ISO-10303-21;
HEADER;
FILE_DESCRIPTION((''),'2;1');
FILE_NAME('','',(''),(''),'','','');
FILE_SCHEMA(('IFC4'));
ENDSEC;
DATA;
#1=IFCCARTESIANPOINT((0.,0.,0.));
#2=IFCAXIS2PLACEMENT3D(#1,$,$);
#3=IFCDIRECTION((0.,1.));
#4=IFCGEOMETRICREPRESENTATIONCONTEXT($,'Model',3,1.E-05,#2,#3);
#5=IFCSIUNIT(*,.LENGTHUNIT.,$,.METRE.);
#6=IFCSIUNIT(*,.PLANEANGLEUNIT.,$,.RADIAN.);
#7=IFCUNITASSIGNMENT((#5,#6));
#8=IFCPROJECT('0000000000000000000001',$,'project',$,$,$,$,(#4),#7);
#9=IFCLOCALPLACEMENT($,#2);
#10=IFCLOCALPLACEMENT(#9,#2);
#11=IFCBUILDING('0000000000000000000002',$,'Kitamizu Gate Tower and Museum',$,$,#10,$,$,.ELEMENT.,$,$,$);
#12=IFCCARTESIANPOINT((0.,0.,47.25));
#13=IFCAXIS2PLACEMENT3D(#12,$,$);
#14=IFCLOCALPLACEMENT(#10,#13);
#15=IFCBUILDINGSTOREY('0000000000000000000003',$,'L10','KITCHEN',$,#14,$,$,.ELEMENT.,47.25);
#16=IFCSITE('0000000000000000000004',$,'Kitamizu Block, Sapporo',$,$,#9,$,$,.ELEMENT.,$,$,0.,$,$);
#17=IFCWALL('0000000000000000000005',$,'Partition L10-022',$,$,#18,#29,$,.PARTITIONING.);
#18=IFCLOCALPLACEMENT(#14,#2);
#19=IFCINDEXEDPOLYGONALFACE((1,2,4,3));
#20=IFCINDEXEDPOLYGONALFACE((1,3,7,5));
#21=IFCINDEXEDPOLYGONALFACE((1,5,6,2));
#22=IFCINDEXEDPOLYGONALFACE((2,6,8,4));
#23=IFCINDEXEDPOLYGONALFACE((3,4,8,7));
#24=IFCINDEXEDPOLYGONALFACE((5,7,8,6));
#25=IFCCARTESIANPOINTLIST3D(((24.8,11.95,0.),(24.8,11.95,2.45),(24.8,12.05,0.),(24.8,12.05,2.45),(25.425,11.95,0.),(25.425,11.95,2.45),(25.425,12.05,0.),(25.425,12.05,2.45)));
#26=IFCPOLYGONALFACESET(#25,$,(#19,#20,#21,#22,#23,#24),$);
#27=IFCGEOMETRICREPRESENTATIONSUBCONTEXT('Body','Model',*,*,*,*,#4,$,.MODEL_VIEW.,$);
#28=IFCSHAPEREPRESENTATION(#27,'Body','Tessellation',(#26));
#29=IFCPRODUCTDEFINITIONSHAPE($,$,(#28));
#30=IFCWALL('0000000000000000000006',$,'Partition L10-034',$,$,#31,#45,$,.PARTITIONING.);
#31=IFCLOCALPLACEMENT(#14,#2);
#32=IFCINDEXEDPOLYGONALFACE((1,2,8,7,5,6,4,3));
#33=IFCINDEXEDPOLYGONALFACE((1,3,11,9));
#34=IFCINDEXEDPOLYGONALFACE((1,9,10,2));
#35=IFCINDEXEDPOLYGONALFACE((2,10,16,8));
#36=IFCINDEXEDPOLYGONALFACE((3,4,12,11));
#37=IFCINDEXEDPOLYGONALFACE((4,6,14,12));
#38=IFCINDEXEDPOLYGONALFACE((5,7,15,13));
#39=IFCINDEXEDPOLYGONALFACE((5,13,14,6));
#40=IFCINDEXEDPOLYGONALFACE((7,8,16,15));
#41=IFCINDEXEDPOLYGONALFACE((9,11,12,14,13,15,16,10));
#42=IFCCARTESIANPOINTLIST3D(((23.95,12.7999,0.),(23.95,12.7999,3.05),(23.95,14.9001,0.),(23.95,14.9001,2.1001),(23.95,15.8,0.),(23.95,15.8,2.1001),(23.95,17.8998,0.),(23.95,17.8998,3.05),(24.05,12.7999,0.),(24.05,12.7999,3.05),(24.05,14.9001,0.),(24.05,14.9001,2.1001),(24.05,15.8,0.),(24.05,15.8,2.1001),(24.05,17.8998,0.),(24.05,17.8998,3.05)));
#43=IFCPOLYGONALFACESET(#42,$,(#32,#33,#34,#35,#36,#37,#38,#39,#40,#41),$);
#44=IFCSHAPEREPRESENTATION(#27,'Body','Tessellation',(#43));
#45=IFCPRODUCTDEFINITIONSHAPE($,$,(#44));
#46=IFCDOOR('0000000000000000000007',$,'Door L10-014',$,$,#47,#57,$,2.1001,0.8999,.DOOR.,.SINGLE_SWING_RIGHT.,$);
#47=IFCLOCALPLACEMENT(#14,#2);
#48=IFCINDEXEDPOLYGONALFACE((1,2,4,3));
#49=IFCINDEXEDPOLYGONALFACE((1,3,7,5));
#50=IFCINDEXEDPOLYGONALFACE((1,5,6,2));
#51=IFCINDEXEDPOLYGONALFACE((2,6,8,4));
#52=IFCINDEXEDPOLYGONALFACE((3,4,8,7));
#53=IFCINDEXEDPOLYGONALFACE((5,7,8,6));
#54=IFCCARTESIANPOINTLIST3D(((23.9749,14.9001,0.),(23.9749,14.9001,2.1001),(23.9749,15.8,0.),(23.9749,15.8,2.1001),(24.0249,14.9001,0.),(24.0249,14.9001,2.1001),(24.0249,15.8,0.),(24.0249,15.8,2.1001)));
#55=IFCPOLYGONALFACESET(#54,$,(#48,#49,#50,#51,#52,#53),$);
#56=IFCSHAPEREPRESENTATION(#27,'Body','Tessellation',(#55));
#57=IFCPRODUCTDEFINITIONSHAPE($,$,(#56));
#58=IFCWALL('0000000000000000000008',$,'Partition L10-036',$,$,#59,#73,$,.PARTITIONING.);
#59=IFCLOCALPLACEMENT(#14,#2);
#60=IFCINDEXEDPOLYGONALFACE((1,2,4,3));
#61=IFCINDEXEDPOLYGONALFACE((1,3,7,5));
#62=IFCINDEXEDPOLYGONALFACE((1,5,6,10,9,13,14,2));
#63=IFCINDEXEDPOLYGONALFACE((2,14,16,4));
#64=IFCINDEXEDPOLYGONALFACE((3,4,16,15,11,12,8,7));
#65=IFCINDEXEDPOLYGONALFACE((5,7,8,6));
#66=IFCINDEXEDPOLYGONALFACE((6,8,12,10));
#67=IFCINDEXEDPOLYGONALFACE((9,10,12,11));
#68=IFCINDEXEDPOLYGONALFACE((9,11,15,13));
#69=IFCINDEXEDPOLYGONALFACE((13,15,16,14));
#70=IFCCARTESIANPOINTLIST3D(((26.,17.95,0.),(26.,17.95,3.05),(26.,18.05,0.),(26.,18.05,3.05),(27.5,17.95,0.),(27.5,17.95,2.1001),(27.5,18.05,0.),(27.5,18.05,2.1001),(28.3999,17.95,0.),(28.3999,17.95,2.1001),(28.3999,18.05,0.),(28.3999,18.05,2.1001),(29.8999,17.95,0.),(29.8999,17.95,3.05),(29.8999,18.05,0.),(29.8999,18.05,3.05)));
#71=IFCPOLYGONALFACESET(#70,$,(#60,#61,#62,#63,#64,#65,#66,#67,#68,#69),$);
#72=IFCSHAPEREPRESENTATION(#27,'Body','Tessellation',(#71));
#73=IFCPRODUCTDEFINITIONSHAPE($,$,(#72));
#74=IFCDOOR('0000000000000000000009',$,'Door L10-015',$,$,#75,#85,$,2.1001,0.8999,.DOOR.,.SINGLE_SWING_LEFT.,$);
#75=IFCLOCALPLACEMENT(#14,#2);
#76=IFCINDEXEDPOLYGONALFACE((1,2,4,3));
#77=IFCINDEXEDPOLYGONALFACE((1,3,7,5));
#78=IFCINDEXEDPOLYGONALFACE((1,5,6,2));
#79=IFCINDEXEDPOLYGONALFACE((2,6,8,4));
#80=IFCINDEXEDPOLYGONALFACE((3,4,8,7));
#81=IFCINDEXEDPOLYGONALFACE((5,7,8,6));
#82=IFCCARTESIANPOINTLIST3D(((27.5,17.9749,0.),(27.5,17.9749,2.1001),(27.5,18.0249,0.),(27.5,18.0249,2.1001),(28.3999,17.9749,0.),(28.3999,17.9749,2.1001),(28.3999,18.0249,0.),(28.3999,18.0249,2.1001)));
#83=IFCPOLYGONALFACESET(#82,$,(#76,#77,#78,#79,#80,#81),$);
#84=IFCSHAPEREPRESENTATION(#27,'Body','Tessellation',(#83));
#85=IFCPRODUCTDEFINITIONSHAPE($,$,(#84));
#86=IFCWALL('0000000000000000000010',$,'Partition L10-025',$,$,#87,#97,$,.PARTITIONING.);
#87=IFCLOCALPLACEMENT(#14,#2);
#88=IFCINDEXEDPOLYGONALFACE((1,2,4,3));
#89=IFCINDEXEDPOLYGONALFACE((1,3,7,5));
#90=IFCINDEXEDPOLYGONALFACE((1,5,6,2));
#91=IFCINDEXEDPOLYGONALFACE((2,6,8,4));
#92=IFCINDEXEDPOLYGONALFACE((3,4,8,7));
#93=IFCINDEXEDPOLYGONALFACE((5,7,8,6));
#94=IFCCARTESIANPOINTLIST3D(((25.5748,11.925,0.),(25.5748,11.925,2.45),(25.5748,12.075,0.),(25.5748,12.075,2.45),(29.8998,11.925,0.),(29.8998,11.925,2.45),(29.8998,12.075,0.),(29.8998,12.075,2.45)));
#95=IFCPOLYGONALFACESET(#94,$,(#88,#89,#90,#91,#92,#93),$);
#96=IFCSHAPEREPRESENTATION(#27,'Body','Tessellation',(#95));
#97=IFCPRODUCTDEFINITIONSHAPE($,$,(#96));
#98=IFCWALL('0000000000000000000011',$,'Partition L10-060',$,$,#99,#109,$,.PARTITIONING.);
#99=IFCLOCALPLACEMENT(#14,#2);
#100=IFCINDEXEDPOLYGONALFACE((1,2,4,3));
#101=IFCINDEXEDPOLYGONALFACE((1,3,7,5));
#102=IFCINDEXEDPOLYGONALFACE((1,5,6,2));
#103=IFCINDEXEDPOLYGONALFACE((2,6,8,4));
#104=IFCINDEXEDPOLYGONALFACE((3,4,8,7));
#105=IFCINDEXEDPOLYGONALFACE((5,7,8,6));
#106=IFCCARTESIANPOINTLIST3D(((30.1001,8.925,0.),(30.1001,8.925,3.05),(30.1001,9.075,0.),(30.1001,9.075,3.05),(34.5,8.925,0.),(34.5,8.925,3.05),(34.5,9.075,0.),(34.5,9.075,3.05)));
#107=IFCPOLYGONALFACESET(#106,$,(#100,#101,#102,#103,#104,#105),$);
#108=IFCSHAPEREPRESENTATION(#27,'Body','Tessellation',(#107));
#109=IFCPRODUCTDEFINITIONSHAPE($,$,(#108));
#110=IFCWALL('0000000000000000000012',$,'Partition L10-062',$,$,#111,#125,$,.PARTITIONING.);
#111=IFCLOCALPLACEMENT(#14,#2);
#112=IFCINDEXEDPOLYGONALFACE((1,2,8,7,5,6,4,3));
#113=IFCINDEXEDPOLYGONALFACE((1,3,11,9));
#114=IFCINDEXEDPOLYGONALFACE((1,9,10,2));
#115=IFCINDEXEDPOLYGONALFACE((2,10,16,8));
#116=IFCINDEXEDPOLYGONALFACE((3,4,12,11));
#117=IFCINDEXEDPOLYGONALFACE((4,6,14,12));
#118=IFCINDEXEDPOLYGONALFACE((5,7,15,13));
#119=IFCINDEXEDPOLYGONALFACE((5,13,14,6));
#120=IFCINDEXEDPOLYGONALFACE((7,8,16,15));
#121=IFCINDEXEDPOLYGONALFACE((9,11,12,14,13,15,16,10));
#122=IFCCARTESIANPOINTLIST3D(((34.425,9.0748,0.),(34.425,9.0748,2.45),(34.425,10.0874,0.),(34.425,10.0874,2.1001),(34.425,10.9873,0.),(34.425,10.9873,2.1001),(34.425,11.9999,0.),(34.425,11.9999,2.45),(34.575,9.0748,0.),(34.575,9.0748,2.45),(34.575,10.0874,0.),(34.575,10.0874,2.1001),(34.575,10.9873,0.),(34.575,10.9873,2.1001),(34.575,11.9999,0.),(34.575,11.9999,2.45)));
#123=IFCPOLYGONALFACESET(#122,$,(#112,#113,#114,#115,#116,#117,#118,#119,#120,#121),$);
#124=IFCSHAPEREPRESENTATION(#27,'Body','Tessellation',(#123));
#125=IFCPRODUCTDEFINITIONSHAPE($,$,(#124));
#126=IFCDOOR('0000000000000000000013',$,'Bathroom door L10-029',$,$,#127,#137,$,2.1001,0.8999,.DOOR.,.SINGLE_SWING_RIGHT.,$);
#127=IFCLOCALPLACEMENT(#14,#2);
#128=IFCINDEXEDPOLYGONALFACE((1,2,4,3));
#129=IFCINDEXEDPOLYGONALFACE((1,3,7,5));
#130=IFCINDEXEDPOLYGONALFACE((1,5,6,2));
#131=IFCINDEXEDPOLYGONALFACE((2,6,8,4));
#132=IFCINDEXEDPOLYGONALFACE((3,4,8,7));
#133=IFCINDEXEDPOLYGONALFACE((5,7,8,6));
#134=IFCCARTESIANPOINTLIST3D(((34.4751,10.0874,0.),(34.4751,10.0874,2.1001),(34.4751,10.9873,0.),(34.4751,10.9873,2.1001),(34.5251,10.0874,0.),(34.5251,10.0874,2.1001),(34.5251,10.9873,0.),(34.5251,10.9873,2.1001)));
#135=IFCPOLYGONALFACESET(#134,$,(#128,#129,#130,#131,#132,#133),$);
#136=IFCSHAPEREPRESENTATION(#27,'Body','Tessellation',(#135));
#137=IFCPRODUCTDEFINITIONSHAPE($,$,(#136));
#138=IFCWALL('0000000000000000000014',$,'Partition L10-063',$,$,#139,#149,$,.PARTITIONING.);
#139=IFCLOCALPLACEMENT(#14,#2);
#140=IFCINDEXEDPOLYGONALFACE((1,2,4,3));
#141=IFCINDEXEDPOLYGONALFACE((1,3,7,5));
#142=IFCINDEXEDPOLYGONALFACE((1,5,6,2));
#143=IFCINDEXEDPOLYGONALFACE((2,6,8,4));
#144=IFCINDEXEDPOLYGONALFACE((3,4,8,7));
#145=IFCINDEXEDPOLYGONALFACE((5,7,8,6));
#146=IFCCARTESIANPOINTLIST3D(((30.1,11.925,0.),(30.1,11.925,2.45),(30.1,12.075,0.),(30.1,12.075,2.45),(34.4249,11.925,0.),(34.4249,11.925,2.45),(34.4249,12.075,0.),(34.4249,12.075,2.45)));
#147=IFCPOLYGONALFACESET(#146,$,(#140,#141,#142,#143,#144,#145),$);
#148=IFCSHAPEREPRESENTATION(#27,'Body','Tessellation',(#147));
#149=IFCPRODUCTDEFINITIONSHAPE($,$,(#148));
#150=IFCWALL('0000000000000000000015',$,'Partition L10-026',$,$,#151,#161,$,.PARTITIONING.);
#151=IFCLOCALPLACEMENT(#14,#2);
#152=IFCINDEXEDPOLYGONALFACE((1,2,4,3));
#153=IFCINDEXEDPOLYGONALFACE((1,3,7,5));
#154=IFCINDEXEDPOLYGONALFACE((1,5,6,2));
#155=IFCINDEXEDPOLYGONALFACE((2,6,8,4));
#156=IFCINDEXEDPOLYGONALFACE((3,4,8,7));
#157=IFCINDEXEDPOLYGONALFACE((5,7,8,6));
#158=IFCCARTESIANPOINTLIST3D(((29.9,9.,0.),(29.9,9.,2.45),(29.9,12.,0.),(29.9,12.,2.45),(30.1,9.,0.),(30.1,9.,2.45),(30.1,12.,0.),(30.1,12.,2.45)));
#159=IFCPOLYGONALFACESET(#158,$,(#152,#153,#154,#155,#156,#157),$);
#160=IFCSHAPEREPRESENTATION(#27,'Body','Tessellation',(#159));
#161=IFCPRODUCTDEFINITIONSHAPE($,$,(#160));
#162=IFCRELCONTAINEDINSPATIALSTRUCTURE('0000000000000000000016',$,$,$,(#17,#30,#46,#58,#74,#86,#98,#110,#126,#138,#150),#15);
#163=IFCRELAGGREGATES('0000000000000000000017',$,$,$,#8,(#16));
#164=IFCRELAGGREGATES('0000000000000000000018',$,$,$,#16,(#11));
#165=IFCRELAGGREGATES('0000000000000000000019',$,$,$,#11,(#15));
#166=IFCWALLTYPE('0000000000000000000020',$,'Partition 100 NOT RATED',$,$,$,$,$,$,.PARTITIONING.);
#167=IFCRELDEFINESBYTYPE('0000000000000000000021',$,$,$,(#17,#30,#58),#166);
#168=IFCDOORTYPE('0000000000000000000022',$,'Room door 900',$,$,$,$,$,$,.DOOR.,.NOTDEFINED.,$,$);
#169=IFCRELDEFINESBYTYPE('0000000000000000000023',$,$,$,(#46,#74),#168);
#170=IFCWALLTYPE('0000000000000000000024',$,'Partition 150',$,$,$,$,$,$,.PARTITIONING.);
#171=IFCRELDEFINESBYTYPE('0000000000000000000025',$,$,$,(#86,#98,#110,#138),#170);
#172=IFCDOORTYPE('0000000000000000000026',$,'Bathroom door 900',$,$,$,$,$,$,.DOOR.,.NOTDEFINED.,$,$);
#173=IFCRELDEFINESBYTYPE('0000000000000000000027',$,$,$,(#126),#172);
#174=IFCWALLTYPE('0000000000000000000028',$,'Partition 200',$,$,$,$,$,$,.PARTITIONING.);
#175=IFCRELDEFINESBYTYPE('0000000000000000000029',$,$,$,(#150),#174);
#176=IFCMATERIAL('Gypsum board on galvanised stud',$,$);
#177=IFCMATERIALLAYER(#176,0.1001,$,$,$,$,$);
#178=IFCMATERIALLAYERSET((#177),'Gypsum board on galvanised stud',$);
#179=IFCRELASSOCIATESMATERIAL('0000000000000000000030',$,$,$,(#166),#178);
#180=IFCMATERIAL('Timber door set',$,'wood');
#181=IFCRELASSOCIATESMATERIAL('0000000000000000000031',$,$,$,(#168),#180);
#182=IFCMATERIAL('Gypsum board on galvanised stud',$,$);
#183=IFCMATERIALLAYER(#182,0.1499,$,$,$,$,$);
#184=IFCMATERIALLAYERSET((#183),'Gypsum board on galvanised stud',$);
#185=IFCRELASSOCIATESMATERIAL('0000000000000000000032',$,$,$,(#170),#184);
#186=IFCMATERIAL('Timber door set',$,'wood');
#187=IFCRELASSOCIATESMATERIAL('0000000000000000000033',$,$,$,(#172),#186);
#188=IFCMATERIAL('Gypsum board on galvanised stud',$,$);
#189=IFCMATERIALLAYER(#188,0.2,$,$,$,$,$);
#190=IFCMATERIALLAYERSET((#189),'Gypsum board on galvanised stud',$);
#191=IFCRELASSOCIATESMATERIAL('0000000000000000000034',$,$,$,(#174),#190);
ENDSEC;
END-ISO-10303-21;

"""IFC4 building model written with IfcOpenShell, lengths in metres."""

from ifc_helpers import new_model, si_unit, direction, frame, frame_2d, origin, place, context, subcontext, project, spatial, rectangle, extrude, material, layer, layer_set, type_object, element, fill, save


model = new_model("IFC4")

# Units and contexts
model_context = context("Model", 3, precision=1e-05, world=origin(), true_north=direction((0.0, 1.0)))
body_context = subcontext(model_context, "Body", "Model", "MODEL_VIEW")
ifc_project = project(units=[si_unit("LENGTHUNIT", "METRE"), si_unit("PLANEANGLEUNIT", "RADIAN")], contexts=[model_context])

# Site, building, storey
site_placement = place(None, origin())
site = spatial("IfcSite", under=ifc_project, at=site_placement, Name="Kitamizu Block, Sapporo", CompositionType="ELEMENT", RefElevation=0.0)
building_placement = place(site_placement, origin())
building = spatial("IfcBuilding", under=site, at=building_placement, Name="Kitamizu Gate Tower and Museum", CompositionType="ELEMENT")
storey_placement = place(building_placement, frame((0.0, 0.0, 47.25)))
storey = spatial("IfcBuildingStorey", under=building, at=storey_placement, Name="L10", Description="KITCHEN", CompositionType="ELEMENT", Elevation=47.25)

# Wall
ifc_material_1 = material(Name="Gypsum board on galvanised stud")
ifc_layer_1 = layer(ifc_material_1, 0.1001)
ifc_layer_set_1 = layer_set([ifc_layer_1], Name="Gypsum board on galvanised stud")
wall_type_1 = type_object("IfcWallType", Name="Partition 100 NOT RATED", PredefinedType="PARTITIONING", material=ifc_layer_set_1)
wall_1_placement = place(storey_placement, frame((25.425, 12.0, 0.0), z_axis=(0.0, 0.0, 1.0), x_axis=(-1.0, 0.0, 0.0)))
element("IfcWall", 1, at=wall_1_placement, inside=storey, type_object=wall_type_1, Name="Partition L10-022", PredefinedType="PARTITIONING", context=body_context, shape_type="SweptSolid", body=[
    extrude(rectangle(XDim=0.625, YDim=0.1001, at=frame_2d((0.3125, 0.0))), origin(), (0.0, 0.0, 1.0), 2.45),
])

# Walls, openings, doors
wall_2_placement = place(storey_placement, frame((24.0, 12.8, 0.0), z_axis=(0.0, 0.0, 1.0), x_axis=(0.0, 1.0, 0.0)))
wall_2 = element("IfcWall", 2, at=wall_2_placement, inside=storey, type_object=wall_type_1, Name="Partition L10-034", PredefinedType="PARTITIONING", context=body_context, shape_type="SweptSolid", body=[
    extrude(rectangle(XDim=5.0999, YDim=0.1001, at=frame_2d((2.5498, 0.0))), origin(), (0.0, 0.0, 1.0), 3.05),
])
opening_1_placement = place(wall_2_placement, frame((2.1001, 0.0, 0.0)))
opening_1 = element("IfcOpeningElement", 3, at=opening_1_placement, cuts=wall_2, PredefinedType="OPENING", context=body_context, shape_type="SweptSolid", body=[
    extrude(rectangle(XDim=0.8999, YDim=2.1001, at=frame_2d((0.45, 1.05))), frame((0.0, 0.0601, 0.0), z_axis=(0.0, -1.0, 0.0), x_axis=(1.0, 0.0, 0.0)), (0.0, 0.0, 1.0), 0.1201),
])
ifc_material_2 = material(Name="Timber door set", Category="wood")
door_type_1 = type_object("IfcDoorType", Name="Room door 900", OperationType="NOTDEFINED", PredefinedType="DOOR", material=ifc_material_2)
door_1_placement = place(opening_1_placement, frame((0.8999, 0.0, 0.0), x_axis=(-1.0, 0.0, 0.0)))
door_1 = element("IfcDoor", 4, at=door_1_placement, inside=storey, type_object=door_type_1, Name="Door L10-014", OperationType="SINGLE_SWING_RIGHT", OverallHeight=2.1001, OverallWidth=0.8999, PredefinedType="DOOR", context=body_context, shape_type="SweptSolid", body=[
    extrude(rectangle(XDim=0.8999, YDim=2.1001, at=frame_2d((0.45, 1.05))), frame((0.0, 0.0249, 0.0), z_axis=(0.0, -1.0, 0.0), x_axis=(1.0, 0.0, 0.0)), (0.0, 0.0, 1.0), 0.05),
])
fill(opening_1, door_1)
wall_3_placement = place(storey_placement, frame((29.8999, 18.0, 0.0), z_axis=(0.0, 0.0, 1.0), x_axis=(-1.0, 0.0, 0.0)))
wall_3 = element("IfcWall", 5, at=wall_3_placement, inside=storey, type_object=wall_type_1, Name="Partition L10-036", PredefinedType="PARTITIONING", context=body_context, shape_type="SweptSolid", body=[
    extrude(rectangle(XDim=3.8999, YDim=0.1001, at=frame_2d((1.95, 0.0))), origin(), (0.0, 0.0, 1.0), 3.05),
])
opening_2_placement = place(wall_3_placement, frame((1.5, 0.0, 0.0)))
opening_2 = element("IfcOpeningElement", 6, at=opening_2_placement, cuts=wall_3, PredefinedType="OPENING", context=body_context, shape_type="SweptSolid", body=[
    extrude(rectangle(XDim=0.8999, YDim=2.1001, at=frame_2d((0.45, 1.05))), frame((0.0, 0.0601, 0.0), z_axis=(0.0, -1.0, 0.0), x_axis=(1.0, 0.0, 0.0)), (0.0, 0.0, 1.0), 0.1201),
])
door_2_placement = place(opening_2_placement, frame((0.8999, 0.0, 0.0), x_axis=(-1.0, 0.0, 0.0)))
door_2 = element("IfcDoor", 7, at=door_2_placement, inside=storey, type_object=door_type_1, Name="Door L10-015", OperationType="SINGLE_SWING_LEFT", OverallHeight=2.1001, OverallWidth=0.8999, PredefinedType="DOOR", context=body_context, shape_type="SweptSolid", body=[
    extrude(rectangle(XDim=0.8999, YDim=2.1001, at=frame_2d((0.45, 1.05))), frame((0.0, 0.0249, 0.0), z_axis=(0.0, -1.0, 0.0), x_axis=(1.0, 0.0, 0.0)), (0.0, 0.0, 1.0), 0.05),
])
fill(opening_2, door_2)

# Walls
ifc_material_3 = material(Name="Gypsum board on galvanised stud")
ifc_layer_2 = layer(ifc_material_3, 0.1499)
ifc_layer_set_2 = layer_set([ifc_layer_2], Name="Gypsum board on galvanised stud")
wall_type_2 = type_object("IfcWallType", Name="Partition 150", PredefinedType="PARTITIONING", material=ifc_layer_set_2)
wall_4_placement = place(storey_placement, frame((29.8999, 12.0, 0.0), z_axis=(0.0, 0.0, 1.0), x_axis=(-1.0, 0.0, 0.0)))
element("IfcWall", 8, at=wall_4_placement, inside=storey, type_object=wall_type_2, Name="Partition L10-025", PredefinedType="PARTITIONING", context=body_context, shape_type="SweptSolid", body=[
    extrude(rectangle(XDim=4.325, YDim=0.1499, at=frame_2d((2.1626, 0.0))), origin(), (0.0, 0.0, 1.0), 2.45),
])
wall_5_placement = place(storey_placement, frame((34.5, 9.0, 0.0), z_axis=(0.0, 0.0, 1.0), x_axis=(-1.0, 0.0, 0.0)))
element("IfcWall", 9, at=wall_5_placement, inside=storey, type_object=wall_type_2, Name="Partition L10-060", PredefinedType="PARTITIONING", context=body_context, shape_type="SweptSolid", body=[
    extrude(rectangle(XDim=4.3999, YDim=0.1499, at=frame_2d((2.2, 0.0))), origin(), (0.0, 0.0, 1.0), 3.05),
])

# Wall, opening, door
wall_6_placement = place(storey_placement, frame((34.5, 9.075, 0.0), z_axis=(0.0, 0.0, 1.0), x_axis=(0.0, 1.0, 0.0)))
wall_6 = element("IfcWall", 10, at=wall_6_placement, inside=storey, type_object=wall_type_2, Name="Partition L10-062", PredefinedType="PARTITIONING", context=body_context, shape_type="SweptSolid", body=[
    extrude(rectangle(XDim=2.925, YDim=0.1499, at=frame_2d((1.4624, 0.0))), origin(), (0.0, 0.0, 1.0), 2.45),
])
opening_3_placement = place(wall_6_placement, frame((1.0125, 0.0, 0.0)))
opening_3 = element("IfcOpeningElement", 11, at=opening_3_placement, cuts=wall_6, PredefinedType="OPENING", context=body_context, shape_type="SweptSolid", body=[
    extrude(rectangle(XDim=0.8999, YDim=2.1001, at=frame_2d((0.45, 1.05))), frame((0.0, 0.085, 0.0), z_axis=(0.0, -1.0, 0.0), x_axis=(1.0, 0.0, 0.0)), (0.0, 0.0, 1.0), 0.1699),
])
ifc_material_4 = material(Name="Timber door set", Category="wood")
door_type_2 = type_object("IfcDoorType", Name="Bathroom door 900", OperationType="NOTDEFINED", PredefinedType="DOOR", material=ifc_material_4)
door_3_placement = place(opening_3_placement, origin())
door_3 = element("IfcDoor", 12, at=door_3_placement, inside=storey, type_object=door_type_2, Name="Bathroom door L10-029", OperationType="SINGLE_SWING_RIGHT", OverallHeight=2.1001, OverallWidth=0.8999, PredefinedType="DOOR", context=body_context, shape_type="SweptSolid", body=[
    extrude(rectangle(XDim=0.8999, YDim=2.1001, at=frame_2d((0.45, 1.05))), frame((0.0, 0.0249, 0.0), z_axis=(0.0, -1.0, 0.0), x_axis=(1.0, 0.0, 0.0)), (0.0, 0.0, 1.0), 0.05),
])
fill(opening_3, door_3)

# Walls
wall_7_placement = place(storey_placement, frame((34.425, 12.0, 0.0), z_axis=(0.0, 0.0, 1.0), x_axis=(-1.0, 0.0, 0.0)))
element("IfcWall", 13, at=wall_7_placement, inside=storey, type_object=wall_type_2, Name="Partition L10-063", PredefinedType="PARTITIONING", context=body_context, shape_type="SweptSolid", body=[
    extrude(rectangle(XDim=4.325, YDim=0.1499, at=frame_2d((2.1626, 0.0))), origin(), (0.0, 0.0, 1.0), 2.45),
])
ifc_material_5 = material(Name="Gypsum board on galvanised stud")
ifc_layer_3 = layer(ifc_material_5, 0.2)
ifc_layer_set_3 = layer_set([ifc_layer_3], Name="Gypsum board on galvanised stud")
wall_type_3 = type_object("IfcWallType", Name="Partition 200", PredefinedType="PARTITIONING", material=ifc_layer_set_3)
wall_8_placement = place(storey_placement, frame((30.0, 9.0, 0.0), z_axis=(0.0, 0.0, 1.0), x_axis=(0.0, 1.0, 0.0)))
element("IfcWall", 14, at=wall_8_placement, inside=storey, type_object=wall_type_3, Name="Partition L10-026", PredefinedType="PARTITIONING", context=body_context, shape_type="SweptSolid", body=[
    extrude(rectangle(XDim=3.0, YDim=0.2, at=frame_2d((1.5, 0.0))), origin(), (0.0, 0.0, 1.0), 2.45),
])

save(model, "model.ifc")
